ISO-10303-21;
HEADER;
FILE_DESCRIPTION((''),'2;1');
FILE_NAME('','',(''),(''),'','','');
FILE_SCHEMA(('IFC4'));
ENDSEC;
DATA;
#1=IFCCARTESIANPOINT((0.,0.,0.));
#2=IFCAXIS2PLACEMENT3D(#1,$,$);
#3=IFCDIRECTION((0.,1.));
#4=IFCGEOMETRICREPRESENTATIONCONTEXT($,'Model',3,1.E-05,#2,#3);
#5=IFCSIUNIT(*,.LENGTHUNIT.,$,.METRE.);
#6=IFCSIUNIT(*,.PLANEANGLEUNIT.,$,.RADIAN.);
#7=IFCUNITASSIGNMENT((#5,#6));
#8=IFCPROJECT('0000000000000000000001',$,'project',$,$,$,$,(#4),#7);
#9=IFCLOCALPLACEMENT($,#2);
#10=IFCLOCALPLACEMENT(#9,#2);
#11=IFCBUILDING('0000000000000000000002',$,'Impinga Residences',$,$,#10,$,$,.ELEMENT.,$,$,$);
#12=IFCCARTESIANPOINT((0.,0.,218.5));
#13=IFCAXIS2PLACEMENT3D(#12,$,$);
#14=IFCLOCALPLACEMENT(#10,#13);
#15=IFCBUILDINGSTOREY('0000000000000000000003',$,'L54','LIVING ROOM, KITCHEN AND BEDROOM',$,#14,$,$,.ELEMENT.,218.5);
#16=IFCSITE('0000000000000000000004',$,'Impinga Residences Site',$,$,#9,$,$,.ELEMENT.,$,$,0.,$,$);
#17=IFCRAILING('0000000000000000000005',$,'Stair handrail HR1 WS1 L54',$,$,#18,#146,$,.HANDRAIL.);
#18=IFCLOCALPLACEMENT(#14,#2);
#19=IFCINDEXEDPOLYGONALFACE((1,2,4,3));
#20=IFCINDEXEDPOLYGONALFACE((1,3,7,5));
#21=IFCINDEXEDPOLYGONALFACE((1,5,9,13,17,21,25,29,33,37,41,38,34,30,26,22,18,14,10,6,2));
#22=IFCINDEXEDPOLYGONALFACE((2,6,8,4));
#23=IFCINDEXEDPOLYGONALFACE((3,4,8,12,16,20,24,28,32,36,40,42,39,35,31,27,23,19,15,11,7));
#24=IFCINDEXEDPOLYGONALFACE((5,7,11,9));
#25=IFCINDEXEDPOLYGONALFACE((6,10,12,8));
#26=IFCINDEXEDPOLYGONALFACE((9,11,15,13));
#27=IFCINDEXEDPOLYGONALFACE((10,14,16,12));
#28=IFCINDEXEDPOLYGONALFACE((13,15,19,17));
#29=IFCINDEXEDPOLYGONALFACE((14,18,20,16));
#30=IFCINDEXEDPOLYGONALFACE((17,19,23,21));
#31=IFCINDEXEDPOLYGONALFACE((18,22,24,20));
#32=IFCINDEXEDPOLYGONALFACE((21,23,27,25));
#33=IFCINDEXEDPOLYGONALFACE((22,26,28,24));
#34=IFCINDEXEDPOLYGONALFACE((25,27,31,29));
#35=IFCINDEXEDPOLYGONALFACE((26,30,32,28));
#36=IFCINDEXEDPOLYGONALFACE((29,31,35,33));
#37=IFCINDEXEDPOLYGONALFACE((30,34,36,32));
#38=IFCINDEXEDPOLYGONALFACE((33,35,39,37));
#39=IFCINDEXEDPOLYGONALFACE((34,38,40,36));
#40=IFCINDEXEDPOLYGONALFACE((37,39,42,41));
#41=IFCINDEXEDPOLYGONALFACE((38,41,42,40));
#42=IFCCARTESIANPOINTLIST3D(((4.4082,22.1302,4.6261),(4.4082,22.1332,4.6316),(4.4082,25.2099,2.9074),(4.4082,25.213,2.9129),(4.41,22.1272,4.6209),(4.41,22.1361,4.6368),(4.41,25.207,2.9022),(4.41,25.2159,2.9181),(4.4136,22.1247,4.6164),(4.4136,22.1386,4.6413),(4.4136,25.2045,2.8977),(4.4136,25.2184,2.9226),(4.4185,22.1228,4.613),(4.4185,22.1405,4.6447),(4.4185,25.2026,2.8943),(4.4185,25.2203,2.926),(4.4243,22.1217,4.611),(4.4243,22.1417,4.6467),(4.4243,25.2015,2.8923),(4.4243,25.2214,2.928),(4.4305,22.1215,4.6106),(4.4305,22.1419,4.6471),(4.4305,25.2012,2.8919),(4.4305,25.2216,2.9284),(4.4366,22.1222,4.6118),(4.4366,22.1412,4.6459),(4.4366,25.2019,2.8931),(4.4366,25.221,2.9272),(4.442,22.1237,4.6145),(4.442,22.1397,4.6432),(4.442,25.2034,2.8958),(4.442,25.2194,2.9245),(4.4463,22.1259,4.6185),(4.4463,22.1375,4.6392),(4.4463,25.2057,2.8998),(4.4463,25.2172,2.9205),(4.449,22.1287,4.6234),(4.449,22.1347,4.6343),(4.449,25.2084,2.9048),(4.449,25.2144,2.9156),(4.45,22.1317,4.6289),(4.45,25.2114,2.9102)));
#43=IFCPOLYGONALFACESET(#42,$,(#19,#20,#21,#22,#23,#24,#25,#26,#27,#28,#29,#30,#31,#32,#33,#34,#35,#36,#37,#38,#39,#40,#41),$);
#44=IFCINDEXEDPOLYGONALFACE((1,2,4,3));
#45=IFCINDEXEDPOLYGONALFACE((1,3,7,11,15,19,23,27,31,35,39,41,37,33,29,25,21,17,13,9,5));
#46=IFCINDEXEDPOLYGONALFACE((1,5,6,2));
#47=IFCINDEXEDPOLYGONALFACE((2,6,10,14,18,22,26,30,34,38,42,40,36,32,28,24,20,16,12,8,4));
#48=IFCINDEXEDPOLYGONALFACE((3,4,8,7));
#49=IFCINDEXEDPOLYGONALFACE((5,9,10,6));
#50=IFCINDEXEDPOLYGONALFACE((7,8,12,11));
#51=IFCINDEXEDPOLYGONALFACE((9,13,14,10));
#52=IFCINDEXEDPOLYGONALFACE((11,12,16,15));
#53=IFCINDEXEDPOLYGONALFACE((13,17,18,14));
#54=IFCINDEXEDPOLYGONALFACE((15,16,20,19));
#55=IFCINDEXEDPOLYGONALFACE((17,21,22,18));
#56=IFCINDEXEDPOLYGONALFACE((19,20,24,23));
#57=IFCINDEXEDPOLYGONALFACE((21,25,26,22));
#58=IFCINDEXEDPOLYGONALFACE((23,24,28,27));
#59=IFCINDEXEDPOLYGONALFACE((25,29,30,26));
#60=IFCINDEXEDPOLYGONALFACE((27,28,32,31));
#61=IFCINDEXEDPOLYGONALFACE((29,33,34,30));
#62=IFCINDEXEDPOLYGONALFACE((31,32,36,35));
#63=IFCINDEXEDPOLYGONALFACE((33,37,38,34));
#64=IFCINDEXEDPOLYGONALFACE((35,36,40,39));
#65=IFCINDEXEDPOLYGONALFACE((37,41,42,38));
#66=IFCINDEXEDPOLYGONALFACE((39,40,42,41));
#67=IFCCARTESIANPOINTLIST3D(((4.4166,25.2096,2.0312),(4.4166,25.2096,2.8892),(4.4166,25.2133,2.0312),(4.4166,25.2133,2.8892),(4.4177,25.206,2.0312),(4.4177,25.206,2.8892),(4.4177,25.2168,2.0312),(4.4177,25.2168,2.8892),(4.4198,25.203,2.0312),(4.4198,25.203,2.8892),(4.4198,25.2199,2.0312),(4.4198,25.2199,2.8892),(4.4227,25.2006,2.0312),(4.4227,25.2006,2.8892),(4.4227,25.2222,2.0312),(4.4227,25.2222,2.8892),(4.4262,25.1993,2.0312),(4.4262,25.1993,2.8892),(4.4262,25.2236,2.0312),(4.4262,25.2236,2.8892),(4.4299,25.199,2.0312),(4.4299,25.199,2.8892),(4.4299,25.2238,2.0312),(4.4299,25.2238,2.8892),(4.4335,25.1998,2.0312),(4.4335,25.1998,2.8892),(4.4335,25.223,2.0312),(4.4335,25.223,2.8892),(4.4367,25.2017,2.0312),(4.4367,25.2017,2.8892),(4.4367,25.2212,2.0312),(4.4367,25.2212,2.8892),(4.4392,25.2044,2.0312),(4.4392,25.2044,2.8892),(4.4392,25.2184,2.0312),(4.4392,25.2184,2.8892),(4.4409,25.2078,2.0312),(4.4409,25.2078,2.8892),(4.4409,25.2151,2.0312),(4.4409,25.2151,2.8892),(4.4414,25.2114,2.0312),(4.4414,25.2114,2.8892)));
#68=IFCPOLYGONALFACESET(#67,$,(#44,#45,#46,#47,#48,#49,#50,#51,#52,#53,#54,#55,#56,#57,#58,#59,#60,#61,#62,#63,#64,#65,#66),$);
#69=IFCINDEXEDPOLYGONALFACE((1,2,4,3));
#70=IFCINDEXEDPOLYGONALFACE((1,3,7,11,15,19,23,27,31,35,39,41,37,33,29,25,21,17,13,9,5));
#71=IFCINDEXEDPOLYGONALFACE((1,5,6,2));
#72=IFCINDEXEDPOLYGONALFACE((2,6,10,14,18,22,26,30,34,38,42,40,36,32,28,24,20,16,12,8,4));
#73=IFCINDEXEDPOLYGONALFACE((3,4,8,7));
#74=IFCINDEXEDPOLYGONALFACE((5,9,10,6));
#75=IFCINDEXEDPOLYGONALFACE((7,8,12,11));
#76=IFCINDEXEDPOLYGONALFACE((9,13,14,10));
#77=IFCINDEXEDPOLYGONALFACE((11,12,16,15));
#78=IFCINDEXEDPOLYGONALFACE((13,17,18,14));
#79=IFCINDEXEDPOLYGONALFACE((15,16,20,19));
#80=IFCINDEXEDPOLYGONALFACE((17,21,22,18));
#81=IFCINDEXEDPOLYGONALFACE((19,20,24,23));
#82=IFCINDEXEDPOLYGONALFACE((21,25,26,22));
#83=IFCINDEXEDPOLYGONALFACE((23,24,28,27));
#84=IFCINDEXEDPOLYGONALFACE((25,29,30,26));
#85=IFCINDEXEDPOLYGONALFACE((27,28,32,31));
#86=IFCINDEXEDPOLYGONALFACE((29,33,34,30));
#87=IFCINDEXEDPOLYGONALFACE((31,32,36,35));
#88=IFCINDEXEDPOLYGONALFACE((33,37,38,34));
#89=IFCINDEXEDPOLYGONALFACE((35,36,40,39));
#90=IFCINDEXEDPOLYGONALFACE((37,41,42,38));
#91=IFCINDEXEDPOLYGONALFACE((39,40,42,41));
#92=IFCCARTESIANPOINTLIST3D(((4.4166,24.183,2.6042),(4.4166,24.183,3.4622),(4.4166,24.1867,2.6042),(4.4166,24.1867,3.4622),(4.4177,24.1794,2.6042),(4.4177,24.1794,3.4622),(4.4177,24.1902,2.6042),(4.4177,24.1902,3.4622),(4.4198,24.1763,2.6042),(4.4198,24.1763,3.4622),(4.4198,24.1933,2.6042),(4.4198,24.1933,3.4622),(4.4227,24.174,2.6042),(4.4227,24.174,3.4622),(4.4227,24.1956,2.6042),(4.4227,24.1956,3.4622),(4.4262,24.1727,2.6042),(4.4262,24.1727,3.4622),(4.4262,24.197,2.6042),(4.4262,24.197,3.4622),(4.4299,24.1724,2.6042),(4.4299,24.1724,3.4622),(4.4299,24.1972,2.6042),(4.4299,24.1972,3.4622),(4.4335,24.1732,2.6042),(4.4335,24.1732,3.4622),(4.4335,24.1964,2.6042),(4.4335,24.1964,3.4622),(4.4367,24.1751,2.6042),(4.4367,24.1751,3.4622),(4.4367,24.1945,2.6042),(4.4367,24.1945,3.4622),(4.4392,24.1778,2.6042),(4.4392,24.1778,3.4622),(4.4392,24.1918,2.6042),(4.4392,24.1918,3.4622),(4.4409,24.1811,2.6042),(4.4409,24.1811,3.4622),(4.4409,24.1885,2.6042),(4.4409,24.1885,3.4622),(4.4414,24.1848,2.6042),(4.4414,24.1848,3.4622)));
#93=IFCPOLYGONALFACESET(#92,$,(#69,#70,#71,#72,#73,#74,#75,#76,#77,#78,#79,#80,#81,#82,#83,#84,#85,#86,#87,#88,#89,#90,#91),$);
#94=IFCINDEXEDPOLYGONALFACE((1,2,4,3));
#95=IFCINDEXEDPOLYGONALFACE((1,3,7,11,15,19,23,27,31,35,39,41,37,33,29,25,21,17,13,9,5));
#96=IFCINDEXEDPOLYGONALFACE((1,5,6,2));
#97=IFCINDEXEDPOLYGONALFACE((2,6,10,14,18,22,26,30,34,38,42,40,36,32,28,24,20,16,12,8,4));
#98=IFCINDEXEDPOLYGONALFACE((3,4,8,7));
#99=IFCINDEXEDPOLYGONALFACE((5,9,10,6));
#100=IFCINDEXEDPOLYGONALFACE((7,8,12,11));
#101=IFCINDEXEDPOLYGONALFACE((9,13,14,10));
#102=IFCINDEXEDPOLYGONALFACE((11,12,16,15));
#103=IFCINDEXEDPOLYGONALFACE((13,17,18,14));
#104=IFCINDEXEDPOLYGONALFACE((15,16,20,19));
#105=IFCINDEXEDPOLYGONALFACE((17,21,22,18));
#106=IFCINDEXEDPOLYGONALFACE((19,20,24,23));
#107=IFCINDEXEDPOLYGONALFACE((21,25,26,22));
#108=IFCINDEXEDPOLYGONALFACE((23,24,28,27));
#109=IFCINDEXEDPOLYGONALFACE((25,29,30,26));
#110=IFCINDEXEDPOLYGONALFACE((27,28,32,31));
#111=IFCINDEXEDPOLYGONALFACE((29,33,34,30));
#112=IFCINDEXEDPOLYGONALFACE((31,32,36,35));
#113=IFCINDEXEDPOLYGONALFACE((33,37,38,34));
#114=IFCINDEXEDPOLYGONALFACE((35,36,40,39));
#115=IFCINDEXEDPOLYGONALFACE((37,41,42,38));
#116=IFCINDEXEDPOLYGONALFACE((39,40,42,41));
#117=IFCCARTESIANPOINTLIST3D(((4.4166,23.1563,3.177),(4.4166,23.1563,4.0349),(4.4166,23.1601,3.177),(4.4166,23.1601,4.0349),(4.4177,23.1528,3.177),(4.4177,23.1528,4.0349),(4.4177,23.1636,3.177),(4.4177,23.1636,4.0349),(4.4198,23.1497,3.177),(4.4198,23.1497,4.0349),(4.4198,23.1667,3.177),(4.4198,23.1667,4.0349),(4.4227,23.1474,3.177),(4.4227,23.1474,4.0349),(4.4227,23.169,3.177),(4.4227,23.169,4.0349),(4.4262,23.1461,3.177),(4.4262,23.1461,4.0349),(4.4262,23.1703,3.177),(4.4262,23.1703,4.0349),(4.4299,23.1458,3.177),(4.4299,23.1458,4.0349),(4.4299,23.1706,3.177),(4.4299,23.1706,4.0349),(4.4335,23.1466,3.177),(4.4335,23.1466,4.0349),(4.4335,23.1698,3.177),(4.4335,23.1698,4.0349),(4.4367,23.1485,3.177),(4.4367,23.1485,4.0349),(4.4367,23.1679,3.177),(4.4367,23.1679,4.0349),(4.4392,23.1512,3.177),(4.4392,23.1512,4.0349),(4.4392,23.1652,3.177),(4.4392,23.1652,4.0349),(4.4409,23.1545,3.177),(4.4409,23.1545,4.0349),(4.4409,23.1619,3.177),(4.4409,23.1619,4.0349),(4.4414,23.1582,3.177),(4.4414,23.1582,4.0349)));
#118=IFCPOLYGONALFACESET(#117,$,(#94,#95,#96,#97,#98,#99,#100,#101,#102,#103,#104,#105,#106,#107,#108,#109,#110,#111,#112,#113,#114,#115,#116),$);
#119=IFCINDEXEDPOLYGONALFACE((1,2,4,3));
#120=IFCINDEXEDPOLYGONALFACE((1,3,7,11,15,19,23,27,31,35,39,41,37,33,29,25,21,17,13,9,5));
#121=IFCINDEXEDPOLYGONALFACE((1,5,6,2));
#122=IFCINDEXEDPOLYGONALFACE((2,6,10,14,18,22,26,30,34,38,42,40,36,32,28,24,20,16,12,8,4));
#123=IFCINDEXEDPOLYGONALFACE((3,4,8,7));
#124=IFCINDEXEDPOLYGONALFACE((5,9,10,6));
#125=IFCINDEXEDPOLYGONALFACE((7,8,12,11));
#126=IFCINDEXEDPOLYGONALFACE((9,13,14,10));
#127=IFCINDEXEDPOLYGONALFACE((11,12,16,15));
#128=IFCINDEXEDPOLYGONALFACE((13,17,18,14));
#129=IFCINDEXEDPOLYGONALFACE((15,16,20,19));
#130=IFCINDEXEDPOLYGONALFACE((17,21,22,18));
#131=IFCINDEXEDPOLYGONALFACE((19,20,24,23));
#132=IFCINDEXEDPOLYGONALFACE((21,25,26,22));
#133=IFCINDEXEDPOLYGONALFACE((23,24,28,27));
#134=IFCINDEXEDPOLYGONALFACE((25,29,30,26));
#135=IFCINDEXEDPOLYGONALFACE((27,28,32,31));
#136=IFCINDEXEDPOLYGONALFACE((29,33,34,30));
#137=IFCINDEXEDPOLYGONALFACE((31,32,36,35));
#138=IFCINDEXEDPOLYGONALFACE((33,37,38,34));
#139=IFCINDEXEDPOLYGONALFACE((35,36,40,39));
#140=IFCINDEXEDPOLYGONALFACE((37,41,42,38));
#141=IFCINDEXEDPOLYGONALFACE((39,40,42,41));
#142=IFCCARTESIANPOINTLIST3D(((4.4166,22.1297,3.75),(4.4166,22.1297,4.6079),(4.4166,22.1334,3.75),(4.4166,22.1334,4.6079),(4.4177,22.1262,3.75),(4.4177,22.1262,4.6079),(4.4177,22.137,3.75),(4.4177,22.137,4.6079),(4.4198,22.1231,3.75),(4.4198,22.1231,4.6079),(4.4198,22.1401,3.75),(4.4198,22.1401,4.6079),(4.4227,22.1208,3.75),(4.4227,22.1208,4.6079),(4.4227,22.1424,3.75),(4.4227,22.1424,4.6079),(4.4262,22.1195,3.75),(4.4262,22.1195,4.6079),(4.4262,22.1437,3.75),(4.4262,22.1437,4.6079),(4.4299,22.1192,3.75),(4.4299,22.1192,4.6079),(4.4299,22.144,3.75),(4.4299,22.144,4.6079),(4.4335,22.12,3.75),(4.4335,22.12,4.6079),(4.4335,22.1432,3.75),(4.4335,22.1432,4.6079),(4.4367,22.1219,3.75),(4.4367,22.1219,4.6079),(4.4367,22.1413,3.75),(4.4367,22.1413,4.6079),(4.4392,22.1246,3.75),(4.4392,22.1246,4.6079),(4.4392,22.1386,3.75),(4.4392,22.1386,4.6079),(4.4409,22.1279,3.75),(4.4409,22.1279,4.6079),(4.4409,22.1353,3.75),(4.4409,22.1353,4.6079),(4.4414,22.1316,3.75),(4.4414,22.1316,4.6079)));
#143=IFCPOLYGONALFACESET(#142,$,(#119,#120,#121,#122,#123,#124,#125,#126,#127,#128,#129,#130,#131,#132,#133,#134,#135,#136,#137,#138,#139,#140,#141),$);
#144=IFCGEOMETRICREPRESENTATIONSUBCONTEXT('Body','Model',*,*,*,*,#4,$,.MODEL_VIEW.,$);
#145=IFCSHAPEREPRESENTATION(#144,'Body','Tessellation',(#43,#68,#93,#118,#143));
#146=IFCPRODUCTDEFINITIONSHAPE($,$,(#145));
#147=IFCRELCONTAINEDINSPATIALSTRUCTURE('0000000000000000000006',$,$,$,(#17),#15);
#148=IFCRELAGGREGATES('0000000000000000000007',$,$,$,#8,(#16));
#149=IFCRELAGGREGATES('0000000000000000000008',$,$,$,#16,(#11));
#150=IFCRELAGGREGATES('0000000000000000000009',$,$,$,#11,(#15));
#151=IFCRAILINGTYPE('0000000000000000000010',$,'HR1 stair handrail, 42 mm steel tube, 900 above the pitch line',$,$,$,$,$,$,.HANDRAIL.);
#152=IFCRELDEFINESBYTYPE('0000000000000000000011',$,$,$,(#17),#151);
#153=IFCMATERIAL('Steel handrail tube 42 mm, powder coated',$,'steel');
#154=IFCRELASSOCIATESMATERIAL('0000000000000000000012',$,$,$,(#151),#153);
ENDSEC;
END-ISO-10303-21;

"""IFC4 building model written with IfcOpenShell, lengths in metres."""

from ifc_helpers import new_model, si_unit, direction, frame, origin, origin_2d, place, context, subcontext, project, spatial, circle, extrude, material, type_object, element, save


model = new_model("IFC4")

# Units and contexts
model_context = context("Model", 3, precision=1e-05, world=origin(), true_north=direction((0.0, 1.0)))
body_context = subcontext(model_context, "Body", "Model", "MODEL_VIEW")
ifc_project = project(units=[si_unit("LENGTHUNIT", "METRE"), si_unit("PLANEANGLEUNIT", "RADIAN")], contexts=[model_context])

# Site, building, storey
site_placement = place(None, origin())
site = spatial("IfcSite", under=ifc_project, at=site_placement, Name="Impinga Residences Site", CompositionType="ELEMENT", RefElevation=0.0)
building_placement = place(site_placement, origin())
building = spatial("IfcBuilding", under=site, at=building_placement, Name="Impinga Residences", CompositionType="ELEMENT")
storey_placement = place(building_placement, frame((0.0, 0.0, 218.5)))
storey = spatial("IfcBuildingStorey", under=building, at=storey_placement, Name="L54", Description="LIVING ROOM, KITCHEN AND BEDROOM", CompositionType="ELEMENT", Elevation=218.5)

# Railing
ifc_material_1 = material(Name="Steel handrail tube 42 mm, powder coated", Category="steel")
railing_type_1 = type_object("IfcRailingType", Name="HR1 stair handrail, 42 mm steel tube, 900 above the pitch line", PredefinedType="HANDRAIL", material=ifc_material_1)
railing_1_placement = place(storey_placement, frame((4.429, 25.2114, 2.0312)))
element("IfcRailing", 1, at=railing_1_placement, inside=storey, type_object=railing_type_1, Name="Stair handrail HR1 WS1 L54", PredefinedType="HANDRAIL", context=body_context, shape_type="SweptSolid", body=[
    extrude(circle(Radius=0.021, at=origin_2d()), frame((0.0, 0.0, 0.8789), z_axis=(0.0, -0.873225, 0.487317), x_axis=(1.0, 0.0, 0.0)), (0.0, 0.0, 1.0), 3.5269),
    extrude(circle(Radius=0.0125, at=origin_2d()), origin(), (0.0, 0.0, 1.0), 0.8579),
    extrude(circle(Radius=0.0125, at=origin_2d()), frame((0.0, -1.0266, 0.573)), (0.0, 0.0, 1.0), 0.8579),
    extrude(circle(Radius=0.0125, at=origin_2d()), frame((0.0, -2.0532, 1.1458)), (0.0, 0.0, 1.0), 0.8579),
    extrude(circle(Radius=0.0125, at=origin_2d()), frame((0.0, -3.0798, 1.7188)), (0.0, 0.0, 1.0), 0.8579),
])

save(model, "model.ifc")
